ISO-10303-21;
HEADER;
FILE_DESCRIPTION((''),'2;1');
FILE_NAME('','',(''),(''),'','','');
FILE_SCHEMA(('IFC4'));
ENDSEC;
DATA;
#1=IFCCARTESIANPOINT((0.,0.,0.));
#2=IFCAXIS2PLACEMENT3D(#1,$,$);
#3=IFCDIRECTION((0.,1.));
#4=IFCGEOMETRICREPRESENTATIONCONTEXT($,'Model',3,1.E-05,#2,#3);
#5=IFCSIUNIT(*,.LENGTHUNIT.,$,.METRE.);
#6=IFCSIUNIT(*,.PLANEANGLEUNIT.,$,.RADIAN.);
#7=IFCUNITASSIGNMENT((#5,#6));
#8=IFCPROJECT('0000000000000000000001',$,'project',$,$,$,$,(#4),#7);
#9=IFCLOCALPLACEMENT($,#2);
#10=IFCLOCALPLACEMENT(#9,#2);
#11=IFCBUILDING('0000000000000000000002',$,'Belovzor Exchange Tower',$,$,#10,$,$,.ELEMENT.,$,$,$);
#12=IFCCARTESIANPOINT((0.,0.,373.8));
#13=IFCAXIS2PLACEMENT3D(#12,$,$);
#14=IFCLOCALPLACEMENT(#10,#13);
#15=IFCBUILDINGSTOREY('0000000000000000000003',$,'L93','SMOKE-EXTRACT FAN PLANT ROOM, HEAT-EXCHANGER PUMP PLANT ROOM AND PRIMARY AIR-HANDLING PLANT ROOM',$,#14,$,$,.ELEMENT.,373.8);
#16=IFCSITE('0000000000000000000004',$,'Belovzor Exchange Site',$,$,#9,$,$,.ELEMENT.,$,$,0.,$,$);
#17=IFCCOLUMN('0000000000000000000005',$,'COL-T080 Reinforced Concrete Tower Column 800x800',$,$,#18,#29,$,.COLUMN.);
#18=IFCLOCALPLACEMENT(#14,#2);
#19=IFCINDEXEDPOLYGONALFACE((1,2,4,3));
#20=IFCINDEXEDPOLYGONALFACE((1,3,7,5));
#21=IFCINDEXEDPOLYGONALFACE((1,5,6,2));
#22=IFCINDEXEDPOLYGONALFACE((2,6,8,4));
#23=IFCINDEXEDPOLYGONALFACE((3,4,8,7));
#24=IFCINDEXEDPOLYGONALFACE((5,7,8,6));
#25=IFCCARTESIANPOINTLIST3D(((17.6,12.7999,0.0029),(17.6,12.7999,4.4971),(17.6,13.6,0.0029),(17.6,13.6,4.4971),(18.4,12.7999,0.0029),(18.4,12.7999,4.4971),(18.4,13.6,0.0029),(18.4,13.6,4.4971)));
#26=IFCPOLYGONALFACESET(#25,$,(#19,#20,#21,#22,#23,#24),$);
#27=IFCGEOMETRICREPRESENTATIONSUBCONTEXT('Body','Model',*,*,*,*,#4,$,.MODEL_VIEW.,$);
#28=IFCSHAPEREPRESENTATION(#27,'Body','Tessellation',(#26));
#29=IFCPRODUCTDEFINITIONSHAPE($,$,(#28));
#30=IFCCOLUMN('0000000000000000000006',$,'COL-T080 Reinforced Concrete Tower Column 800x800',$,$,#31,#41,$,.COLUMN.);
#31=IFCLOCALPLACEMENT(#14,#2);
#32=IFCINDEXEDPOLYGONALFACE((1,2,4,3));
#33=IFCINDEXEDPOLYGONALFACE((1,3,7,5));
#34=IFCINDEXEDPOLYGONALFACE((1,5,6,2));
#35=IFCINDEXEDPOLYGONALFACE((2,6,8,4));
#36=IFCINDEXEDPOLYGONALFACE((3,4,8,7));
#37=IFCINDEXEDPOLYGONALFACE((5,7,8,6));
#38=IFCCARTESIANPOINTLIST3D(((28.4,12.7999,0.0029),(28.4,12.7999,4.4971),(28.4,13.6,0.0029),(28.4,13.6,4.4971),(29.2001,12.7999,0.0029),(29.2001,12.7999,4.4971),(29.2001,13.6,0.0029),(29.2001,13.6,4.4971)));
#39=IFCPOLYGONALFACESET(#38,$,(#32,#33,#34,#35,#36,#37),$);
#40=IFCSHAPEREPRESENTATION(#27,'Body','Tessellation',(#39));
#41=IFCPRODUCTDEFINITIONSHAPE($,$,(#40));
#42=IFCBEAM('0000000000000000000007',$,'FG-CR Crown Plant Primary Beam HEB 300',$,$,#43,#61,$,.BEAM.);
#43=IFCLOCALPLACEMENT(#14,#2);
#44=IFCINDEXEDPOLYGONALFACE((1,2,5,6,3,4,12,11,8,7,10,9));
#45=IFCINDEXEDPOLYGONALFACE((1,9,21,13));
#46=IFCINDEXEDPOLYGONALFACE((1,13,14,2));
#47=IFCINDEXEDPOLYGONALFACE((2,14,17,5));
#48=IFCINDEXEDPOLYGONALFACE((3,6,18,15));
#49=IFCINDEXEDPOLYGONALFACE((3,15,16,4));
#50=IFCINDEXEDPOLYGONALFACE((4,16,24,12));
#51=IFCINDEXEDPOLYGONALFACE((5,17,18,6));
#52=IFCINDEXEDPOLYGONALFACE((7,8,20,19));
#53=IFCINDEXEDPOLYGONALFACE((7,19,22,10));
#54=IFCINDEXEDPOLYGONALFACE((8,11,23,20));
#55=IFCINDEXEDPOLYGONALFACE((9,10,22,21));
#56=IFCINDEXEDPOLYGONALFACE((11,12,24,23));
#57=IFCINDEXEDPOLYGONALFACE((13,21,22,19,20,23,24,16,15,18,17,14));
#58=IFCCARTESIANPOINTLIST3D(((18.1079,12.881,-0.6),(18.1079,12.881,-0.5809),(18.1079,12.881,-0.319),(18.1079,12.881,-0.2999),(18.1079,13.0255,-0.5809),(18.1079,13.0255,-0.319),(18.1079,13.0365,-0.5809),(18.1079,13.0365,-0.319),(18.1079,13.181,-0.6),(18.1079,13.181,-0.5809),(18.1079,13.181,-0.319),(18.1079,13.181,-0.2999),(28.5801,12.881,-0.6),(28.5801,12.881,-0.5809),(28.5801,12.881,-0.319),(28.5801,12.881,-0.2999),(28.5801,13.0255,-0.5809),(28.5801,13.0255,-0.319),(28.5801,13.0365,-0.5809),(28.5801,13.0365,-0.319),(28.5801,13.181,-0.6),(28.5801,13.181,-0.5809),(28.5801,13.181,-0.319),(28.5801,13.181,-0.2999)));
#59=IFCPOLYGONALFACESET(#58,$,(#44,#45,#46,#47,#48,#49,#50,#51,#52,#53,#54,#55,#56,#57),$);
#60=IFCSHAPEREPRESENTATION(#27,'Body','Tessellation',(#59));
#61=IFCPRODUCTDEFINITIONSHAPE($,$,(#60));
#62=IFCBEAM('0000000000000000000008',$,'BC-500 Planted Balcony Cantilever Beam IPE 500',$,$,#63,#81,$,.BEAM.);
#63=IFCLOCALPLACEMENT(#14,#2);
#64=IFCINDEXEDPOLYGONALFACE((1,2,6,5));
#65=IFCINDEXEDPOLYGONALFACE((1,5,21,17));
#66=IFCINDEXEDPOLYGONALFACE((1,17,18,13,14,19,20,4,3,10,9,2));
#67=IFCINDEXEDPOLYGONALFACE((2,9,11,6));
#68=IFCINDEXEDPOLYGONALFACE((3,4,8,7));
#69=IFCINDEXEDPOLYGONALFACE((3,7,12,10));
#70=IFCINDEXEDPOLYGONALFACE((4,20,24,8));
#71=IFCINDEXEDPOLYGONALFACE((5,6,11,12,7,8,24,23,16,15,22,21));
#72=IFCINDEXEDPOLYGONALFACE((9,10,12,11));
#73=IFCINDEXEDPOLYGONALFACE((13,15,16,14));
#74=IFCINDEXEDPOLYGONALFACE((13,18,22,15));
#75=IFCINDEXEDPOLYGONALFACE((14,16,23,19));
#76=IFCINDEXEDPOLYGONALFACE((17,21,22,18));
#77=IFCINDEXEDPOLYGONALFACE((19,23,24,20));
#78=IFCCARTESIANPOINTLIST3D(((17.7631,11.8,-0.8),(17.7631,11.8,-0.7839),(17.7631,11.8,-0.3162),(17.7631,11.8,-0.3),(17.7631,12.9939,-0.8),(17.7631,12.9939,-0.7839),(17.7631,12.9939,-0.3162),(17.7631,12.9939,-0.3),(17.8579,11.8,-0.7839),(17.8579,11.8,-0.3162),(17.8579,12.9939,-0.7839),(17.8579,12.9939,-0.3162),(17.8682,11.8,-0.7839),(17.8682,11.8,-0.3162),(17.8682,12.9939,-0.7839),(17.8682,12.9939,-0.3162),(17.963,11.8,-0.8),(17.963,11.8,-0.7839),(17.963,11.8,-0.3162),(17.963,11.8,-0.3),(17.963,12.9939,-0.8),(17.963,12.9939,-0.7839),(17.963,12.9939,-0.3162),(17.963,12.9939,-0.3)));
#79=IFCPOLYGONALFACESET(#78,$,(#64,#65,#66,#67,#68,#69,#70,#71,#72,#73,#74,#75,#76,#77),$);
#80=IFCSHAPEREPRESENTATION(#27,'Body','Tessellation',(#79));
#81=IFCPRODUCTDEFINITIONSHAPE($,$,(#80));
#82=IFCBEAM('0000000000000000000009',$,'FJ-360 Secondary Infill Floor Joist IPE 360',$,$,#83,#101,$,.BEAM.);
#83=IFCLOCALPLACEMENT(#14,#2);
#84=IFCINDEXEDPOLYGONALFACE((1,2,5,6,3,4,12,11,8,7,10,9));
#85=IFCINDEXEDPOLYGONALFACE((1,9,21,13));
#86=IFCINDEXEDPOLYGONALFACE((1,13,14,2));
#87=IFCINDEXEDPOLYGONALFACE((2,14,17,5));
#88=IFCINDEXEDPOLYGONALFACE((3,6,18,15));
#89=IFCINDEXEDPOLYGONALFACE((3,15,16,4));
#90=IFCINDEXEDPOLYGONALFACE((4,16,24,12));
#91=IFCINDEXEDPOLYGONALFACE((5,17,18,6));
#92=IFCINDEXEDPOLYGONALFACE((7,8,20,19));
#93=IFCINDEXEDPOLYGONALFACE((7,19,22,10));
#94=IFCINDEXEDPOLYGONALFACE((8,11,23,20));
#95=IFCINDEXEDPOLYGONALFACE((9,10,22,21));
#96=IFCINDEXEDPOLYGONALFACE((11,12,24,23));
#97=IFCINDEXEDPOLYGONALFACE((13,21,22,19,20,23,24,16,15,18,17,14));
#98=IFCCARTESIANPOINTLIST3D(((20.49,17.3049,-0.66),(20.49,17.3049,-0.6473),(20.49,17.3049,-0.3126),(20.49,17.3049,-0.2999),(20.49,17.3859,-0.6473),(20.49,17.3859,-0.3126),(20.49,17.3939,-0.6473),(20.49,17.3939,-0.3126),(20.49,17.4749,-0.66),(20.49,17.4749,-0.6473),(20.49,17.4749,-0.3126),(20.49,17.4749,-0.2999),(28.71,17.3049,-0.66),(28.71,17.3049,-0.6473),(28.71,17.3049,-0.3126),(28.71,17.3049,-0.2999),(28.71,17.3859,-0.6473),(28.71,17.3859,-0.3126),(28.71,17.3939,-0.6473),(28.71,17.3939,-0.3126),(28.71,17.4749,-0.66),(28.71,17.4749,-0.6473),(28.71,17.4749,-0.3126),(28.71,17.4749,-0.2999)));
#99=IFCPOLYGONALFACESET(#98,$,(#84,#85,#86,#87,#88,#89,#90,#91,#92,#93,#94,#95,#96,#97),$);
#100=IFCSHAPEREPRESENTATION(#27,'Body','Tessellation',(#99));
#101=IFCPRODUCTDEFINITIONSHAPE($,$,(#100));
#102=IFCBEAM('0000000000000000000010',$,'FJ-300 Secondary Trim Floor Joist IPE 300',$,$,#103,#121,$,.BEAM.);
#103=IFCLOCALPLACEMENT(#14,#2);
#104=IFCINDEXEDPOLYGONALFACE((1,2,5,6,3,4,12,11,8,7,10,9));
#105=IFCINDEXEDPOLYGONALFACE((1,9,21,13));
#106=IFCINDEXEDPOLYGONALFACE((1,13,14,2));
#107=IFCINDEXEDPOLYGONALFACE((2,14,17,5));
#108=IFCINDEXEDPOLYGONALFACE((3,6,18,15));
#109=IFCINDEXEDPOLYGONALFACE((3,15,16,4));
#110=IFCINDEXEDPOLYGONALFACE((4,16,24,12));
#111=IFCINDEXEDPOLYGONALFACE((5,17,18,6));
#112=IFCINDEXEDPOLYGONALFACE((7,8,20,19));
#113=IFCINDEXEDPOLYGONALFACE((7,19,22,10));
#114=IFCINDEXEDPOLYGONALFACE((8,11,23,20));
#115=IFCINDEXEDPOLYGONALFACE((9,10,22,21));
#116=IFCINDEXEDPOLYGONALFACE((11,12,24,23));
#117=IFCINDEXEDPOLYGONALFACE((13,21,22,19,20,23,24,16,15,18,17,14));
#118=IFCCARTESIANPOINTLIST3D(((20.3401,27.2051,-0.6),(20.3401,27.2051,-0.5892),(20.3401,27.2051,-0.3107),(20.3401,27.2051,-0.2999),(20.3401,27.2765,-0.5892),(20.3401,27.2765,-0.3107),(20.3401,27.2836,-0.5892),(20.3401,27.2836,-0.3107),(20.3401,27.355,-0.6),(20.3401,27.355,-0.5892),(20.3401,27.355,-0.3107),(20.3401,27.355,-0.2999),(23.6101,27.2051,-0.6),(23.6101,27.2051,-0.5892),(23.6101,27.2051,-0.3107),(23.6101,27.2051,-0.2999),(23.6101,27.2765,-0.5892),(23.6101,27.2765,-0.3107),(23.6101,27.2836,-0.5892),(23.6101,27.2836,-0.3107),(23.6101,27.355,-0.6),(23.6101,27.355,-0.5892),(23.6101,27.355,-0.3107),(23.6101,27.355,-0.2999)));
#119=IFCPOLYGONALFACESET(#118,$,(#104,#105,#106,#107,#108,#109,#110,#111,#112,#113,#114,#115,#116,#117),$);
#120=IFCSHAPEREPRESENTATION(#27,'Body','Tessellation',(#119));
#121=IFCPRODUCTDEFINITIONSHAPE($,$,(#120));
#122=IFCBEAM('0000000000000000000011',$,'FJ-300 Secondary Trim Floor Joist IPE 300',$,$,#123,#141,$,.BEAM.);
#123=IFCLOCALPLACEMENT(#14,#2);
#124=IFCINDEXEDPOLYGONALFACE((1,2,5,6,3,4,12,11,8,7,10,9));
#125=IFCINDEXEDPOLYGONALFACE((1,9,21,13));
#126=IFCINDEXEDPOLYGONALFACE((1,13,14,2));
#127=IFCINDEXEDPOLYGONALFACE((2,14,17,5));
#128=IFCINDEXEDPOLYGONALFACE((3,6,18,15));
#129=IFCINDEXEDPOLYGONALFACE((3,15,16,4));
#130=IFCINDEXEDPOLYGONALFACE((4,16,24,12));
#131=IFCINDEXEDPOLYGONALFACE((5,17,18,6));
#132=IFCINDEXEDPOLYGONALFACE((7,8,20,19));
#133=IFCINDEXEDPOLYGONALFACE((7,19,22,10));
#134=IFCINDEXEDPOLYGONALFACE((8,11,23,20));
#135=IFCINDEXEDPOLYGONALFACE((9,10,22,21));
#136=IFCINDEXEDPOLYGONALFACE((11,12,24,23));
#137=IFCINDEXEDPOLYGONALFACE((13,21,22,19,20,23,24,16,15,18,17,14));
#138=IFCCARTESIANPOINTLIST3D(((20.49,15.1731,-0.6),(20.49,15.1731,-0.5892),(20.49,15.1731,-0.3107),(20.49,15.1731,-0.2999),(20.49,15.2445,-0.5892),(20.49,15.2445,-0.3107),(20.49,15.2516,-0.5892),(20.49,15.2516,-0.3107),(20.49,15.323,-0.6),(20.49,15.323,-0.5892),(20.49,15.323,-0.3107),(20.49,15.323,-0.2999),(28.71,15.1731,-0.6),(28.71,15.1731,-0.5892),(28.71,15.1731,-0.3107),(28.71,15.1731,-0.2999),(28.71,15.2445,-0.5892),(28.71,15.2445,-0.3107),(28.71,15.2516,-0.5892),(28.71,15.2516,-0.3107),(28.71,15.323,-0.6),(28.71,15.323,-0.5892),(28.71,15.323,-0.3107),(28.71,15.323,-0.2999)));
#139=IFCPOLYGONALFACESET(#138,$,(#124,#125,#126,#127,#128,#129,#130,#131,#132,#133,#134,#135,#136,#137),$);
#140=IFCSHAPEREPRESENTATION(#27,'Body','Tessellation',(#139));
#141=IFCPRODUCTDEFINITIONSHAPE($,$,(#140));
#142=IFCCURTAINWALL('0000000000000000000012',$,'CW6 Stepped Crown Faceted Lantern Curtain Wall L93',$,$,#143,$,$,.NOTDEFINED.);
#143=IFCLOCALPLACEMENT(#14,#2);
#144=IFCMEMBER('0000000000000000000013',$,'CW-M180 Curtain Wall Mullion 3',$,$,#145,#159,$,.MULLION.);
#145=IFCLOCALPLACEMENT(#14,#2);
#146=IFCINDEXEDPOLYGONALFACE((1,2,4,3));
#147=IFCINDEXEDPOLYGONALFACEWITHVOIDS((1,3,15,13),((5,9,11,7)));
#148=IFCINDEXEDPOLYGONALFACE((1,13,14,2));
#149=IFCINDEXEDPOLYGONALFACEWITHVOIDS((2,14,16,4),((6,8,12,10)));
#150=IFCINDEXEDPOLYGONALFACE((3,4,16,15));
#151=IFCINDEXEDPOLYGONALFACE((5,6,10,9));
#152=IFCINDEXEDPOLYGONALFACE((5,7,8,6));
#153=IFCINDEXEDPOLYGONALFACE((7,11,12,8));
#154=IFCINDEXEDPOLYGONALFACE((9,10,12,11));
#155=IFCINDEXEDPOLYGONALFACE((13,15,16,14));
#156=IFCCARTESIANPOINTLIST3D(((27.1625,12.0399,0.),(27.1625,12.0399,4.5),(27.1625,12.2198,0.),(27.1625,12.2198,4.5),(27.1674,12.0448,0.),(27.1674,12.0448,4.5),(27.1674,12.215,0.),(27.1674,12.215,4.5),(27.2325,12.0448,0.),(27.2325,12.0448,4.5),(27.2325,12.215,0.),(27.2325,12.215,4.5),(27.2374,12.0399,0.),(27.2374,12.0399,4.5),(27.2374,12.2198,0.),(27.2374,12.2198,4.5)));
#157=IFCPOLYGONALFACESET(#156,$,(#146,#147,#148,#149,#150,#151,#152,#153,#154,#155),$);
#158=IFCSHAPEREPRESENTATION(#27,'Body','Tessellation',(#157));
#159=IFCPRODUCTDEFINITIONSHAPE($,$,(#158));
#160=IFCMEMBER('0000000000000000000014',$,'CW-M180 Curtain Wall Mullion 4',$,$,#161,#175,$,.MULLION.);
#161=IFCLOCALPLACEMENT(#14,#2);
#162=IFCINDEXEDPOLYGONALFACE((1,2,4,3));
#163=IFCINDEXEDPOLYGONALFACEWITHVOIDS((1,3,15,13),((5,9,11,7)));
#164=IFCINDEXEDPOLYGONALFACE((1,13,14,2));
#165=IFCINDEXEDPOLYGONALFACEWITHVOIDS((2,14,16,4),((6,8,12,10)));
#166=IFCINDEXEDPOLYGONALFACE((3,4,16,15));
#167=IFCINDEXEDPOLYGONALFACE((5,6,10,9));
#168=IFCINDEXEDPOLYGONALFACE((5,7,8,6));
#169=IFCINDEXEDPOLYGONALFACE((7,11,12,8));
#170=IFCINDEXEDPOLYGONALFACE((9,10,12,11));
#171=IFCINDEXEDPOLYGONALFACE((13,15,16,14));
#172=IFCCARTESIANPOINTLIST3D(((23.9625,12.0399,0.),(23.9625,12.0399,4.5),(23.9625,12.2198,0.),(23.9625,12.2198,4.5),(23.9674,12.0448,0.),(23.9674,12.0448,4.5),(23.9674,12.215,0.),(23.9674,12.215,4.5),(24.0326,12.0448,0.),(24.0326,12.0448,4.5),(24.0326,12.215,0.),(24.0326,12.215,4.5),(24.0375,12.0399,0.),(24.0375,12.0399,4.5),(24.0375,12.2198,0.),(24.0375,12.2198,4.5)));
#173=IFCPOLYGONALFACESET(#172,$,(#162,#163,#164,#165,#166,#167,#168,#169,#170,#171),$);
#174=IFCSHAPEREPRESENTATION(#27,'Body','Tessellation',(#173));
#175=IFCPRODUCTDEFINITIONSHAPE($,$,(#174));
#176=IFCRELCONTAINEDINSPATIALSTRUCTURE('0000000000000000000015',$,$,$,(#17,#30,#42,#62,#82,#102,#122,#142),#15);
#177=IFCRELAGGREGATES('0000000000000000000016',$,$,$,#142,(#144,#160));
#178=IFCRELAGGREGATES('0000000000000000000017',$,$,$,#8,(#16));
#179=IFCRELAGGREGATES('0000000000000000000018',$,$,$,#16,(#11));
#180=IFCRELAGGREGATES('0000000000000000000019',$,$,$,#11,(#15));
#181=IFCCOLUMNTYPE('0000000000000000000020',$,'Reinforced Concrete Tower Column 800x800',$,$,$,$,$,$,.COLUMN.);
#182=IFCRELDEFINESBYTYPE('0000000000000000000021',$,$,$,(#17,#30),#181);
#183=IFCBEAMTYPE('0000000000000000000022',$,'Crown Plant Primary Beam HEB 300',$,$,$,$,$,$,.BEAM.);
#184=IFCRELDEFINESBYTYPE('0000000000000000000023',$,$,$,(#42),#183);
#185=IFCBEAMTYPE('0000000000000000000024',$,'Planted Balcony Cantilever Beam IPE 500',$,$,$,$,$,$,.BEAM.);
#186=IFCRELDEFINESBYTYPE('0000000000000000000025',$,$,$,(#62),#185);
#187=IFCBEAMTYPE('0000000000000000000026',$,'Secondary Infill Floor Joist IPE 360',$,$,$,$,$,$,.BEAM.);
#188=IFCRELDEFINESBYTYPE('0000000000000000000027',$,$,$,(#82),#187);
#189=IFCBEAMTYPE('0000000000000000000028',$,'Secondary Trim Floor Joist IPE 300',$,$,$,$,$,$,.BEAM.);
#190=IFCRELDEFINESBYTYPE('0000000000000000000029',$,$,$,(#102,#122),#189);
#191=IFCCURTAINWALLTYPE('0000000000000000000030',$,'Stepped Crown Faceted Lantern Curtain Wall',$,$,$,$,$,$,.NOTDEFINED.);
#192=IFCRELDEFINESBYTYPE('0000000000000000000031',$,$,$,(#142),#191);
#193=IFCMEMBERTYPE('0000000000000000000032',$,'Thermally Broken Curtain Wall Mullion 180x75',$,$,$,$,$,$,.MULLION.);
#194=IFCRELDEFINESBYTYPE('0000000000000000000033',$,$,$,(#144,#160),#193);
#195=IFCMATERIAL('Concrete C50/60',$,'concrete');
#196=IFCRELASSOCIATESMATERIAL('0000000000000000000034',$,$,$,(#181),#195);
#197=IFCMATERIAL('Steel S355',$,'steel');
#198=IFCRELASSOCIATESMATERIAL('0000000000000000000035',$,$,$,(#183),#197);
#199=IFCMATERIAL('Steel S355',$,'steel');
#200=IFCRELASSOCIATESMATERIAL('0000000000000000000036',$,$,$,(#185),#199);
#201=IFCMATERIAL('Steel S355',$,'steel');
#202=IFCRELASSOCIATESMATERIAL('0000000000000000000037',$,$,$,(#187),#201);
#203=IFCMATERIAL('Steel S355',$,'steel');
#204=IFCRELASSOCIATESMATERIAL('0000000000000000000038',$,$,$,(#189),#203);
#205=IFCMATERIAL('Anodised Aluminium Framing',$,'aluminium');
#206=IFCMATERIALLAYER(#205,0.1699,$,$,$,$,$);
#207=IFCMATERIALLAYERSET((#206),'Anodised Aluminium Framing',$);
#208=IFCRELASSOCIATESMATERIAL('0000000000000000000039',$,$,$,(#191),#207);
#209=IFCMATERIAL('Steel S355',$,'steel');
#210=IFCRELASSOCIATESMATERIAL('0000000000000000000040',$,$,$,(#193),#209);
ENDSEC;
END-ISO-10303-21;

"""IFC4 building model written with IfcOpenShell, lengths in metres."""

from ifc_helpers import new_model, si_unit, direction, frame, origin, origin_2d, place, context, subcontext, project, spatial, rectangle, hollow_rectangle, i_section, extrude, material, layer, layer_set, material_profile, profile_set, type_object, element, aggregate, save


model = new_model("IFC4")

# Units and contexts
model_context = context("Model", 3, precision=1e-05, world=origin(), true_north=direction((0.0, 1.0)))
body_context = subcontext(model_context, "Body", "Model", "MODEL_VIEW")
ifc_project = project(units=[si_unit("LENGTHUNIT", "METRE"), si_unit("PLANEANGLEUNIT", "RADIAN")], contexts=[model_context])

# Site, building, storey
site_placement = place(None, origin())
site = spatial("IfcSite", under=ifc_project, at=site_placement, Name="Belovzor Exchange Site", CompositionType="ELEMENT", RefElevation=0.0)
building_placement = place(site_placement, origin())
building = spatial("IfcBuilding", under=site, at=building_placement, Name="Belovzor Exchange Tower", CompositionType="ELEMENT")
storey_placement = place(building_placement, frame((0.0, 0.0, 373.8)))
storey = spatial("IfcBuildingStorey", under=building, at=storey_placement, Name="L93", Description="SMOKE-EXTRACT FAN PLANT ROOM, HEAT-EXCHANGER PUMP PLANT ROOM AND PRIMARY AIR-HANDLING PLANT ROOM", CompositionType="ELEMENT", Elevation=373.8)

# Columns
ifc_material_1 = material(Name="Concrete C50/60", Category="concrete")
ifc_material_profile_1 = material_profile(ifc_material_1, rectangle(XDim=0.8, YDim=0.8, at=origin_2d()))
ifc_profile_set_1 = profile_set([ifc_material_profile_1], Name="Concrete C50/60")
column_type = type_object("IfcColumnType", Name="Reinforced Concrete Tower Column 800x800", PredefinedType="COLUMN", material=ifc_profile_set_1)
for number, where, z_axis, x_axis, name in (
    (1, (18.0, 13.2, 0.0029), (0.0, 0.0, 1.0), (1.0, 0.0, 0.0), "COL-T080 Reinforced Concrete Tower Column 800x800"),
    (2, (28.8, 13.2, 0.0029), (0.0, 0.0, 1.0), (1.0, 0.0, 0.0), "COL-T080 Reinforced Concrete Tower Column 800x800"),
):
    element("IfcColumn", number, at=place(storey_placement, frame(where, z_axis=z_axis, x_axis=x_axis)), inside=storey, type_object=column_type, Name=name, PredefinedType="COLUMN", context=body_context, shape_type="SweptSolid", body=[
        extrude(rectangle(XDim=0.8, YDim=0.8, at=origin_2d()), origin(), (0.0, 0.0, 1.0), 4.4941),
    ])

# Beams
ifc_material_2 = material(Name="Steel S355", Category="steel")
ifc_material_profile_2 = material_profile(ifc_material_2, i_section(OverallWidth=0.3, OverallDepth=0.3, WebThickness=0.011, FlangeThickness=0.019, at=origin_2d()))
ifc_profile_set_2 = profile_set([ifc_material_profile_2], Name="Steel S355")
beam_type_1 = type_object("IfcBeamType", Name="Crown Plant Primary Beam HEB 300", PredefinedType="BEAM", material=ifc_profile_set_2)
beam_1_placement = place(storey_placement, frame((18.1079, 13.031, -0.45), z_axis=(1.0, 0.0, 0.0), x_axis=(0.0, 1.0, 0.0)))
element("IfcBeam", 3, at=beam_1_placement, inside=storey, type_object=beam_type_1, Name="FG-CR Crown Plant Primary Beam HEB 300", PredefinedType="BEAM", context=body_context, shape_type="SweptSolid", body=[
    extrude(i_section(OverallWidth=0.3, OverallDepth=0.3, WebThickness=0.011, FlangeThickness=0.019, at=origin_2d()), origin(), (0.0, 0.0, 1.0), 10.4722),
])
ifc_material_3 = material(Name="Steel S355", Category="steel")
ifc_material_profile_3 = material_profile(ifc_material_3, i_section(OverallWidth=0.2, OverallDepth=0.5, WebThickness=0.0103, FlangeThickness=0.0161, at=origin_2d()))
ifc_profile_set_3 = profile_set([ifc_material_profile_3], Name="Steel S355")
beam_type_2 = type_object("IfcBeamType", Name="Planted Balcony Cantilever Beam IPE 500", PredefinedType="BEAM", material=ifc_profile_set_3)
beam_2_placement = place(storey_placement, frame((17.863, 12.9939, -0.55), z_axis=(0.0, -1.0, 0.0), x_axis=(1.0, 0.0, 0.0)))
element("IfcBeam", 4, at=beam_2_placement, inside=storey, type_object=beam_type_2, Name="BC-500 Planted Balcony Cantilever Beam IPE 500", PredefinedType="BEAM", context=body_context, shape_type="SweptSolid", body=[
    extrude(i_section(OverallWidth=0.2, OverallDepth=0.5, WebThickness=0.0103, FlangeThickness=0.0161, at=origin_2d()), origin(), (0.0, 0.0, 1.0), 1.1938),
])
ifc_material_4 = material(Name="Steel S355", Category="steel")
ifc_material_profile_4 = material_profile(ifc_material_4, i_section(OverallWidth=0.1699, OverallDepth=0.3601, WebThickness=0.0081, FlangeThickness=0.0127, at=origin_2d()))
ifc_profile_set_4 = profile_set([ifc_material_profile_4], Name="Steel S355")
beam_type_3 = type_object("IfcBeamType", Name="Secondary Infill Floor Joist IPE 360", PredefinedType="BEAM", material=ifc_profile_set_4)
beam_3_placement = place(storey_placement, frame((20.49, 17.3899, -0.48), z_axis=(1.0, 0.0, 0.0), x_axis=(0.0, 1.0, 0.0)))
element("IfcBeam", 5, at=beam_3_placement, inside=storey, type_object=beam_type_3, Name="FJ-360 Secondary Infill Floor Joist IPE 360", PredefinedType="BEAM", context=body_context, shape_type="SweptSolid", body=[
    extrude(i_section(OverallWidth=0.1699, OverallDepth=0.3601, WebThickness=0.0081, FlangeThickness=0.0127, at=origin_2d()), origin(), (0.0, 0.0, 1.0), 8.22),
])
ifc_material_5 = material(Name="Steel S355", Category="steel")
ifc_material_profile_5 = material_profile(ifc_material_5, i_section(OverallWidth=0.1499, OverallDepth=0.3, WebThickness=0.0071, FlangeThickness=0.0107, at=origin_2d()))
ifc_profile_set_5 = profile_set([ifc_material_profile_5], Name="Steel S355")
beam_type_4 = type_object("IfcBeamType", Name="Secondary Trim Floor Joist IPE 300", PredefinedType="BEAM", material=ifc_profile_set_5)
beam_4_placement = place(storey_placement, frame((20.3401, 27.28, -0.45), z_axis=(1.0, 0.0, 0.0), x_axis=(0.0, 1.0, 0.0)))
element("IfcBeam", 6, at=beam_4_placement, inside=storey, type_object=beam_type_4, Name="FJ-300 Secondary Trim Floor Joist IPE 300", PredefinedType="BEAM", context=body_context, shape_type="SweptSolid", body=[
    extrude(i_section(OverallWidth=0.1499, OverallDepth=0.3, WebThickness=0.0071, FlangeThickness=0.0107, at=origin_2d()), origin(), (0.0, 0.0, 1.0), 3.27),
])
beam_5_placement = place(storey_placement, frame((20.49, 15.248, -0.45), z_axis=(1.0, 0.0, 0.0), x_axis=(0.0, 1.0, 0.0)))
element("IfcBeam", 7, at=beam_5_placement, inside=storey, type_object=beam_type_4, Name="FJ-300 Secondary Trim Floor Joist IPE 300", PredefinedType="BEAM", context=body_context, shape_type="SweptSolid", body=[
    extrude(i_section(OverallWidth=0.1499, OverallDepth=0.3, WebThickness=0.0071, FlangeThickness=0.0107, at=origin_2d()), origin(), (0.0, 0.0, 1.0), 8.22),
])

# Curtain wall, members
ifc_material_6 = material(Name="Anodised Aluminium Framing", Category="aluminium")
ifc_layer_1 = layer(ifc_material_6, 0.1699)
ifc_layer_set_1 = layer_set([ifc_layer_1], Name="Anodised Aluminium Framing")
curtain_wall_type = type_object("IfcCurtainWallType", Name="Stepped Crown Faceted Lantern Curtain Wall", PredefinedType="NOTDEFINED", material=ifc_layer_set_1)
curtain_wall_placement = place(storey_placement, origin())
curtain_wall = element("IfcCurtainWall", 8, at=curtain_wall_placement, inside=storey, type_object=curtain_wall_type, Name="CW6 Stepped Crown Faceted Lantern Curtain Wall L93", PredefinedType="NOTDEFINED")
ifc_material_7 = material(Name="Steel S355", Category="steel")
ifc_material_profile_6 = material_profile(ifc_material_7, hollow_rectangle(XDim=0.075, YDim=0.1799, WallThickness=0.0049, at=origin_2d()))
ifc_profile_set_6 = profile_set([ifc_material_profile_6], Name="Steel S355")
member_type_1 = type_object("IfcMemberType", Name="Thermally Broken Curtain Wall Mullion 180x75", PredefinedType="MULLION", material=ifc_profile_set_6)
member_1_placement = place(storey_placement, frame((27.2, 12.1299, 0.0), z_axis=(0.0, 0.0, 1.0), x_axis=(-1.0, 0.0, 0.0)))
member_1 = element("IfcMember", 9, at=member_1_placement, type_object=member_type_1, Name="CW-M180 Curtain Wall Mullion 3", PredefinedType="MULLION", context=body_context, shape_type="SweptSolid", body=[
    extrude(hollow_rectangle(XDim=0.075, YDim=0.1799, WallThickness=0.0049, at=origin_2d()), origin(), (0.0, 0.0, 1.0), 4.5),
])
member_2_placement = place(storey_placement, frame((24.0, 12.1299, 0.0), z_axis=(0.0, 0.0, 1.0), x_axis=(-1.0, 0.0, 0.0)))
member_2 = element("IfcMember", 10, at=member_2_placement, type_object=member_type_1, Name="CW-M180 Curtain Wall Mullion 4", PredefinedType="MULLION", context=body_context, shape_type="SweptSolid", body=[
    extrude(hollow_rectangle(XDim=0.075, YDim=0.1799, WallThickness=0.0049, at=origin_2d()), origin(), (0.0, 0.0, 1.0), 4.5),
])

aggregate(curtain_wall, [member_1, member_2])

save(model, "model.ifc")
